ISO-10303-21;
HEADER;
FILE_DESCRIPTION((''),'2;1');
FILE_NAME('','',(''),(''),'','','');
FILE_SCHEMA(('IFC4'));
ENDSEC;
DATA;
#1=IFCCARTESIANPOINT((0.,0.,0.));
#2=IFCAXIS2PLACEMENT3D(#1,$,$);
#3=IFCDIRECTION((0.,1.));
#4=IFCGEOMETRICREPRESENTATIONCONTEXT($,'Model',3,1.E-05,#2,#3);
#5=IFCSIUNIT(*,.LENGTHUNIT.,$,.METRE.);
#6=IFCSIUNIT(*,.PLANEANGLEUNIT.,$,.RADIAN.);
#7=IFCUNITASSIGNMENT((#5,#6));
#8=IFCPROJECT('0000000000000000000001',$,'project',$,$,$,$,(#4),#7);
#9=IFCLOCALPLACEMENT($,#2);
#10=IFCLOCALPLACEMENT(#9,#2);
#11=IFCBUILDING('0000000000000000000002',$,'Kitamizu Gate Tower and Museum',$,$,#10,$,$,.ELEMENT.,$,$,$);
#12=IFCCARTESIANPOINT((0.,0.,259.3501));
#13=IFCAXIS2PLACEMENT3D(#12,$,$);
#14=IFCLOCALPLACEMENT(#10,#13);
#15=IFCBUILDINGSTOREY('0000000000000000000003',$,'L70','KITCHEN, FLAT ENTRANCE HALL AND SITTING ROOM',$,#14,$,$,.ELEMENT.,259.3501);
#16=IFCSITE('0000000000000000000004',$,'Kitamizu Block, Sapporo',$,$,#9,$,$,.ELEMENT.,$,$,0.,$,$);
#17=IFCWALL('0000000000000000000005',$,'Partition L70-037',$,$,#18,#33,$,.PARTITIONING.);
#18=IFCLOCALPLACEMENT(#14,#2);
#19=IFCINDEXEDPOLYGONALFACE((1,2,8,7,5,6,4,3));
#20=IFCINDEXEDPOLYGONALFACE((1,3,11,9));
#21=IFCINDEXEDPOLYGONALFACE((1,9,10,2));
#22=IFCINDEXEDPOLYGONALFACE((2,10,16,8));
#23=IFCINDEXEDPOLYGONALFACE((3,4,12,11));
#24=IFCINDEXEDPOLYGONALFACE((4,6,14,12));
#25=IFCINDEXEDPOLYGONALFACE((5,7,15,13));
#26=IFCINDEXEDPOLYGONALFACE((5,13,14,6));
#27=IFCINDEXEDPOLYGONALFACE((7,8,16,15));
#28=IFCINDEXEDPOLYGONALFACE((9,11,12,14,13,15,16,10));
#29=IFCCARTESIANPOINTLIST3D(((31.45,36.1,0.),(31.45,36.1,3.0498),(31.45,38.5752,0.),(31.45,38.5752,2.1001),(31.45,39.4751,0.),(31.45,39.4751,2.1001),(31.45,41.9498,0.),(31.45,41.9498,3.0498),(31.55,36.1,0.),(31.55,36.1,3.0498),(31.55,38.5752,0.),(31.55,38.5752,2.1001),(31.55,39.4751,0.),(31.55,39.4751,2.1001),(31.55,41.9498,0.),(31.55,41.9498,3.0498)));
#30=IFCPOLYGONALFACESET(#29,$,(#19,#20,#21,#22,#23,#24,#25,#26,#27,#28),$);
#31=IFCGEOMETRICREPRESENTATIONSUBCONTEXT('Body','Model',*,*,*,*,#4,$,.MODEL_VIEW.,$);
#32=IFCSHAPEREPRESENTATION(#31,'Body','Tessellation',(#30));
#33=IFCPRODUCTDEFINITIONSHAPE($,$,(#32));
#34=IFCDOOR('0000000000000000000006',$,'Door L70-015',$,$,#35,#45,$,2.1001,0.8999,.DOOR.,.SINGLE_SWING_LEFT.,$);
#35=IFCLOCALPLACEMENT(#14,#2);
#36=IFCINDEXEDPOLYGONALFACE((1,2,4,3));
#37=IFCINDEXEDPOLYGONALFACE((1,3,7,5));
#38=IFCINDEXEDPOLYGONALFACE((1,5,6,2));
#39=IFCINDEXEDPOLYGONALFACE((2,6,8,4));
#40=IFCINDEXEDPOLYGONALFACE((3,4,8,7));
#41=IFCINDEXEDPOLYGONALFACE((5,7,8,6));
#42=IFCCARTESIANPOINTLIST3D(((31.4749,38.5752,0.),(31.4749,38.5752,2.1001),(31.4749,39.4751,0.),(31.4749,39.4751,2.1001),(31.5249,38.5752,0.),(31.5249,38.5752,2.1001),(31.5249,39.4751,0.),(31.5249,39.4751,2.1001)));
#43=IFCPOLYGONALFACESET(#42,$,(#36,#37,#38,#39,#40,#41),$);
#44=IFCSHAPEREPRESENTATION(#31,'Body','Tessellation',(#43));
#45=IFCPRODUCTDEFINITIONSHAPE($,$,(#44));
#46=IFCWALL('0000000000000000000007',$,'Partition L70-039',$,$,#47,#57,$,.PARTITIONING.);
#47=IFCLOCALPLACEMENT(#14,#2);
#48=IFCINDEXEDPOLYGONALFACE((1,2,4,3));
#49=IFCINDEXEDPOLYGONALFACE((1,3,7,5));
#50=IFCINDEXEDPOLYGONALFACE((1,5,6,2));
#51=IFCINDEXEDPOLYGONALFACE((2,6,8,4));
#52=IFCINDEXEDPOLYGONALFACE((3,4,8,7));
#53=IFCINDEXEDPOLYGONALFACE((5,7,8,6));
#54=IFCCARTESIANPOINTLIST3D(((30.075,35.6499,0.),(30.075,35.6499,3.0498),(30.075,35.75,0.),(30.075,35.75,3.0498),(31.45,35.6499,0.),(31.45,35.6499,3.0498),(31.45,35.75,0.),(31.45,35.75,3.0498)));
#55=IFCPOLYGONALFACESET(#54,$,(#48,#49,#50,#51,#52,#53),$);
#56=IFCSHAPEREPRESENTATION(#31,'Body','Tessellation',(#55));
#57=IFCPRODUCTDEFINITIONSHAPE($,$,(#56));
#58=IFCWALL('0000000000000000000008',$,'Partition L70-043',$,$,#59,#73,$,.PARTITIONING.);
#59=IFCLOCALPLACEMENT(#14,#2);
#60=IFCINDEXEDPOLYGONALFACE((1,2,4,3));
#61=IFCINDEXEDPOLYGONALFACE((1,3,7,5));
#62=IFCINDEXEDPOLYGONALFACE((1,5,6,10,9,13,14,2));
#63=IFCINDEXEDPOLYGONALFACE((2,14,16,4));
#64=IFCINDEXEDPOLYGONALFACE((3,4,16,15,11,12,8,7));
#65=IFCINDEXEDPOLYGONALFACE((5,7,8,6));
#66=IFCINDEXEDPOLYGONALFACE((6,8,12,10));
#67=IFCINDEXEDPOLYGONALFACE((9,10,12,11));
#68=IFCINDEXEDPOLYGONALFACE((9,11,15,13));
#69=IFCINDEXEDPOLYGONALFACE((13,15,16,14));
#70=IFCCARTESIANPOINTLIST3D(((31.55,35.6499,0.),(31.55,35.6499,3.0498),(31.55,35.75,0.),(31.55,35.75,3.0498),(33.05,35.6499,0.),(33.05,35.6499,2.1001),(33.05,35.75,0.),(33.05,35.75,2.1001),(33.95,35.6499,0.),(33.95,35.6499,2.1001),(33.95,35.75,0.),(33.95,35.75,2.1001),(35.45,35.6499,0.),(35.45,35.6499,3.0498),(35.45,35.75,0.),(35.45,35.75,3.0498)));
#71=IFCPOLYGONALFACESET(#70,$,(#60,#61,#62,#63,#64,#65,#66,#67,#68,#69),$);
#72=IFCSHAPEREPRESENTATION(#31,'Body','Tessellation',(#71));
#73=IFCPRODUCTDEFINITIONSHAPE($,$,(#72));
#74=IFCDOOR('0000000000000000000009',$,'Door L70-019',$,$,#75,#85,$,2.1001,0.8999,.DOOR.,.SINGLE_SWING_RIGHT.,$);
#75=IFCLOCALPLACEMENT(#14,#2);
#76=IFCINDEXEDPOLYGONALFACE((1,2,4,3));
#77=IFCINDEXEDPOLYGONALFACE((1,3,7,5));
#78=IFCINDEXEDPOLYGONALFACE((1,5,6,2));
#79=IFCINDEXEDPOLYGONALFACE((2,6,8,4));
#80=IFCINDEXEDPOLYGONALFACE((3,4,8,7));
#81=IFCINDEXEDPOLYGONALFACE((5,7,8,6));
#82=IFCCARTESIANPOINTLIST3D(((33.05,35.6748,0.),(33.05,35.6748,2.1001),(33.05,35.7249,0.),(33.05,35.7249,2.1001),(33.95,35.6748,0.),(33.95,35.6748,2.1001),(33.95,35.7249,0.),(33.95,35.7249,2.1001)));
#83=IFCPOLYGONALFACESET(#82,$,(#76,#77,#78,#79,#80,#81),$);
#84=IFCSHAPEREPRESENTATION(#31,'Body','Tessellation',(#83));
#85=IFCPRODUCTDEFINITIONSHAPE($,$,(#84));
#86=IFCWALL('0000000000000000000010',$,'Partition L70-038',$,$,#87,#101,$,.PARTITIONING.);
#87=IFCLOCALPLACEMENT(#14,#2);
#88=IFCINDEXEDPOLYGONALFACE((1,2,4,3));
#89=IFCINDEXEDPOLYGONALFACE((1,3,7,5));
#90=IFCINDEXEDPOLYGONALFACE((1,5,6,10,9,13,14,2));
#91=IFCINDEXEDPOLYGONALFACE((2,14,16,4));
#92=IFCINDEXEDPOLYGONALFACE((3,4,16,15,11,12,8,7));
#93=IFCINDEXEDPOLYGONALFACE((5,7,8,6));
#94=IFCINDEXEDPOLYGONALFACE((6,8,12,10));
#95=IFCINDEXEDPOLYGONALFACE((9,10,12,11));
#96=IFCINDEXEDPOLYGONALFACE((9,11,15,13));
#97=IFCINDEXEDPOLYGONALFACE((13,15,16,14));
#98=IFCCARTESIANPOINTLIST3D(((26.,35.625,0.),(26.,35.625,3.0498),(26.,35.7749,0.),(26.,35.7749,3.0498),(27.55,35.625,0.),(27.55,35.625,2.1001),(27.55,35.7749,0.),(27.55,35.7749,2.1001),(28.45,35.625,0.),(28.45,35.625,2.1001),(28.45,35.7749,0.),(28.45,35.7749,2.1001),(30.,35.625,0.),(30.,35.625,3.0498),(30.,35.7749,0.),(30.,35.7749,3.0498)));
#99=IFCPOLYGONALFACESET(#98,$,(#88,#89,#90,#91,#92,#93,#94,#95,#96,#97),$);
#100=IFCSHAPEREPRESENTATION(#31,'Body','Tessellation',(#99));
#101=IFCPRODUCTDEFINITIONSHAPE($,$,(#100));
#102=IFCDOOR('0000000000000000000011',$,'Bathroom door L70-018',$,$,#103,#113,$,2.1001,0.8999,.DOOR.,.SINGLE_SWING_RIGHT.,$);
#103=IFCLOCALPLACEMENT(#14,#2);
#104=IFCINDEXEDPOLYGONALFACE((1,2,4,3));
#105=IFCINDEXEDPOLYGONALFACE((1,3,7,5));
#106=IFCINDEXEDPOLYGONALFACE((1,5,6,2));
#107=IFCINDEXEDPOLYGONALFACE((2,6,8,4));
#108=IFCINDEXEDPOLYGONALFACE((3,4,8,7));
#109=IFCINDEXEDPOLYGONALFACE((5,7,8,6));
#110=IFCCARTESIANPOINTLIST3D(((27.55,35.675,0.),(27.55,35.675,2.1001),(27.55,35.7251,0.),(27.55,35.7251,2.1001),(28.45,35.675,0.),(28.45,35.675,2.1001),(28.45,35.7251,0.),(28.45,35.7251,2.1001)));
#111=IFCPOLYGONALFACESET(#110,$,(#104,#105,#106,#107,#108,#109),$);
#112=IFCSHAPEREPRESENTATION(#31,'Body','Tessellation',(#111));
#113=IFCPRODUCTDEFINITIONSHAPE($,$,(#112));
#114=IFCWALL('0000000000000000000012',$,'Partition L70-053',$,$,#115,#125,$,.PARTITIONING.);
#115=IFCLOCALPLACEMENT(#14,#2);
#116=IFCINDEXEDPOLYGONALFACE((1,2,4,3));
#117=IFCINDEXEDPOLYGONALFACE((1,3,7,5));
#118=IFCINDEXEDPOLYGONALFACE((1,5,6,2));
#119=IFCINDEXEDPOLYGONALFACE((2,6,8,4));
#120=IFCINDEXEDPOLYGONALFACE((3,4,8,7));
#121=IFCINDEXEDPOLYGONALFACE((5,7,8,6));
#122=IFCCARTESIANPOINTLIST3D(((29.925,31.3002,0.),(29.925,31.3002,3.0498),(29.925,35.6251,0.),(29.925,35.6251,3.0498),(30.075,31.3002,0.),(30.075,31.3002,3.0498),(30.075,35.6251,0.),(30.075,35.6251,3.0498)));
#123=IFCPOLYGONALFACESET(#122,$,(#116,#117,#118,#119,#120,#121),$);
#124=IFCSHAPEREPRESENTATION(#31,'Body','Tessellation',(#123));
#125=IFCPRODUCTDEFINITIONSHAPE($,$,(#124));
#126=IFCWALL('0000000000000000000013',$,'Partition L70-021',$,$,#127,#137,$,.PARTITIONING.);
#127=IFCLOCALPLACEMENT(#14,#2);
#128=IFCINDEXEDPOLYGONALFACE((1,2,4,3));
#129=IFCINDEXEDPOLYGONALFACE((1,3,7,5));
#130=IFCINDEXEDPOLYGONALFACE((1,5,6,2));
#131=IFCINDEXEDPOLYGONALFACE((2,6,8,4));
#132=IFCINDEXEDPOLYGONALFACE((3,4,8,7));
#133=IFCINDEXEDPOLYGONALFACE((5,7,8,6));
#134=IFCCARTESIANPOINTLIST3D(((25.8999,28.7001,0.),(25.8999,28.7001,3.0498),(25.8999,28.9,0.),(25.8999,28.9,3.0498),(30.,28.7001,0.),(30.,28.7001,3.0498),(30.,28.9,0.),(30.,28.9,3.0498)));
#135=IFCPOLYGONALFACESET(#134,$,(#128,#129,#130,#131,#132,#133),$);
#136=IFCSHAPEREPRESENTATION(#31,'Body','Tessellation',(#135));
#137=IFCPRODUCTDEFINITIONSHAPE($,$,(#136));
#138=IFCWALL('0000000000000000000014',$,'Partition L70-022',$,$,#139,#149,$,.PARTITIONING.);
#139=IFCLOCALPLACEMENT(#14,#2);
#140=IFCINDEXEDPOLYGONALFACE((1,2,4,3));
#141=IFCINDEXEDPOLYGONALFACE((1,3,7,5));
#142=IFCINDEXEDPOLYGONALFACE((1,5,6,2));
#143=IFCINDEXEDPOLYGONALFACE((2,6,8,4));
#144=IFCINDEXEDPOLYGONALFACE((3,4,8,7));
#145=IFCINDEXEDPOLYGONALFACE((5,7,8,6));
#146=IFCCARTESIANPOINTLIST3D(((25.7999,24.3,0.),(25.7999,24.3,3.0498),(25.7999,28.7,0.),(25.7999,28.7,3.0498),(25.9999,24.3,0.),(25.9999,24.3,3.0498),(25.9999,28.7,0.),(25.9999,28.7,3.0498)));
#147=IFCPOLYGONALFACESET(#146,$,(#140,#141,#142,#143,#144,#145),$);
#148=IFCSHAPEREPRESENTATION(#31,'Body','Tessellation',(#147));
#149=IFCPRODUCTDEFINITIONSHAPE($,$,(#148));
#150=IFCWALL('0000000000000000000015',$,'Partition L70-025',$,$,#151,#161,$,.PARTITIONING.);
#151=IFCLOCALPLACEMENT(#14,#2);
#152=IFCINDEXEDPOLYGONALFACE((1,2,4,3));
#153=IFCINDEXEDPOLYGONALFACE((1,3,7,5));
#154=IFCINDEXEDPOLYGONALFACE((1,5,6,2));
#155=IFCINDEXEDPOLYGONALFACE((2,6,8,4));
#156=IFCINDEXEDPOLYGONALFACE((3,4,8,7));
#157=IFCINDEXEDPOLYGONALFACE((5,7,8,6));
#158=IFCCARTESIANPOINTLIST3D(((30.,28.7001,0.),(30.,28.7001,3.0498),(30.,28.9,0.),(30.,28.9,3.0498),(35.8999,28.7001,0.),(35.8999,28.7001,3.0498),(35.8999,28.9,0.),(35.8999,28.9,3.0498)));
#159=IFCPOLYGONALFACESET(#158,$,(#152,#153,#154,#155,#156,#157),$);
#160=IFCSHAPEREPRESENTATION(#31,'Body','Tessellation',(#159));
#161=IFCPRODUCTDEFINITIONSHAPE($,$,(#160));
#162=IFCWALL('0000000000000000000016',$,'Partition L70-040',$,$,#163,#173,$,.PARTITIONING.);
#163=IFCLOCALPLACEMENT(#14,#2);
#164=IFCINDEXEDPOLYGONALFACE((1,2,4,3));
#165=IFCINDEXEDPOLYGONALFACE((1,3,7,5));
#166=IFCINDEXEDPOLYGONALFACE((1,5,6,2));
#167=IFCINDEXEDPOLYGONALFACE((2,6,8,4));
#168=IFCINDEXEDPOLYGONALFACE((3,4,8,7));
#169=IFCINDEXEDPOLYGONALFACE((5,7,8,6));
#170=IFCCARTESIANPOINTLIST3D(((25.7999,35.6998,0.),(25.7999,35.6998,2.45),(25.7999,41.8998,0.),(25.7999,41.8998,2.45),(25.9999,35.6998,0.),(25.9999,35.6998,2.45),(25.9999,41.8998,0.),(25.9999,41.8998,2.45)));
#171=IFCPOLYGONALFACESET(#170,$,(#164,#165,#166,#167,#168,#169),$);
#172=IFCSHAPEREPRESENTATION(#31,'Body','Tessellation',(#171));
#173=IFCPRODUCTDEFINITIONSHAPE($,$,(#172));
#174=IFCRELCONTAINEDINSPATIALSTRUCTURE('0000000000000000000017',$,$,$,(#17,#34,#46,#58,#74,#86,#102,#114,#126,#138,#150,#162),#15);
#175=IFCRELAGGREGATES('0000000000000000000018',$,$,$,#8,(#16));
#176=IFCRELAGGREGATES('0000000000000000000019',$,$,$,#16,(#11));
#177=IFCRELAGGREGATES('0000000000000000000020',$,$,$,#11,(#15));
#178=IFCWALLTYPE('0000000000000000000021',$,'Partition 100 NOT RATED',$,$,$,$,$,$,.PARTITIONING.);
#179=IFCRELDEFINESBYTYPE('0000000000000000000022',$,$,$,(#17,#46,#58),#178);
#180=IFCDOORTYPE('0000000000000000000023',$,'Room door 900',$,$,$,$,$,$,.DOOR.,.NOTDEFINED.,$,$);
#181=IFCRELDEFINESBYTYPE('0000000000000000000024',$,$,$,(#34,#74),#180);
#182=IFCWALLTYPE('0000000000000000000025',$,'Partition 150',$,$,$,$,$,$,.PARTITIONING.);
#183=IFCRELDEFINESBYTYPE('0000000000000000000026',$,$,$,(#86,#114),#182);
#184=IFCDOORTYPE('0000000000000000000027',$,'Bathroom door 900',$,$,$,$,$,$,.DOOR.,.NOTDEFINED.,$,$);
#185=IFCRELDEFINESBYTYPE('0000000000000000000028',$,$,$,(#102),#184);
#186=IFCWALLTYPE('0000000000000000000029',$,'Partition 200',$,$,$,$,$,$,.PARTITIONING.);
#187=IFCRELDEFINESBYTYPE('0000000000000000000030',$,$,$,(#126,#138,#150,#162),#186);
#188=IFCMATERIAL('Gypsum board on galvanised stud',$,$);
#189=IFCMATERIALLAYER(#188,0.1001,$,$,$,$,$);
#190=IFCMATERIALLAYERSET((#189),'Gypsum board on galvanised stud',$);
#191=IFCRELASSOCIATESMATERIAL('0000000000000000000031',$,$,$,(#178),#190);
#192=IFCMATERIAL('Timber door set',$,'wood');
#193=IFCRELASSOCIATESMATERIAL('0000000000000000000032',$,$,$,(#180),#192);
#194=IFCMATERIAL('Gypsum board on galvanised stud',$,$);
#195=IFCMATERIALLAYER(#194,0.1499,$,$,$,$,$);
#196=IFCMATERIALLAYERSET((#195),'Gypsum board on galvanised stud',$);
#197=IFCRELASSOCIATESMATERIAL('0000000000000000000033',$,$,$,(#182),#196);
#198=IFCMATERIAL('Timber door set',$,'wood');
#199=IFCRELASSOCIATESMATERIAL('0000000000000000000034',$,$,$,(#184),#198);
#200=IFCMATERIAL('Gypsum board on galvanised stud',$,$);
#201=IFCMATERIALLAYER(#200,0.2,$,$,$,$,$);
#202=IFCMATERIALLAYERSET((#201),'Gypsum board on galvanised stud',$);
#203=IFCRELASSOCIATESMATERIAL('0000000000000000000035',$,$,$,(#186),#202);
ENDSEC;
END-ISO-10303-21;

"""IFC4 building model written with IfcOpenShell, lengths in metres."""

from ifc_helpers import new_model, si_unit, direction, frame, frame_2d, origin, place, context, subcontext, project, spatial, rectangle, extrude, material, layer, layer_set, type_object, element, fill, save


model = new_model("IFC4")

# Units and contexts
model_context = context("Model", 3, precision=1e-05, world=origin(), true_north=direction((0.0, 1.0)))
body_context = subcontext(model_context, "Body", "Model", "MODEL_VIEW")
ifc_project = project(units=[si_unit("LENGTHUNIT", "METRE"), si_unit("PLANEANGLEUNIT", "RADIAN")], contexts=[model_context])

# Site, building, storey
site_placement = place(None, origin())
site = spatial("IfcSite", under=ifc_project, at=site_placement, Name="Kitamizu Block, Sapporo", CompositionType="ELEMENT", RefElevation=0.0)
building_placement = place(site_placement, origin())
building = spatial("IfcBuilding", under=site, at=building_placement, Name="Kitamizu Gate Tower and Museum", CompositionType="ELEMENT")
storey_placement = place(building_placement, frame((0.0, 0.0, 259.3501)))
storey = spatial("IfcBuildingStorey", under=building, at=storey_placement, Name="L70", Description="KITCHEN, FLAT ENTRANCE HALL AND SITTING ROOM", CompositionType="ELEMENT", Elevation=259.3501)

# Shared definitions
ifc_material_1 = material(Name="Gypsum board on galvanised stud")
ifc_layer_1 = layer(ifc_material_1, 0.1001)
ifc_layer_set_1 = layer_set([ifc_layer_1], Name="Gypsum board on galvanised stud")
wall_type_1 = type_object("IfcWallType", Name="Partition 100 NOT RATED", PredefinedType="PARTITIONING", material=ifc_layer_set_1)
ifc_material_2 = material(Name="Timber door set", Category="wood")
door_type_1 = type_object("IfcDoorType", Name="Room door 900", OperationType="NOTDEFINED", PredefinedType="DOOR", material=ifc_material_2)

# Wall, opening, door
wall_1_placement = place(storey_placement, frame((31.5, 36.1001, 0.0), z_axis=(0.0, 0.0, 1.0), x_axis=(0.0, 1.0, 0.0)))
wall_1 = element("IfcWall", 1, at=wall_1_placement, inside=storey, type_object=wall_type_1, Name="Partition L70-037", PredefinedType="PARTITIONING", context=body_context, shape_type="SweptSolid", body=[
    extrude(rectangle(XDim=5.8499, YDim=0.1001, at=frame_2d((2.9248, 0.0))), origin(), (0.0, 0.0, 1.0), 3.0498),
])
opening_1_placement = place(wall_1_placement, frame((2.4751, 0.0, 0.0)))
opening_1 = element("IfcOpeningElement", 2, at=opening_1_placement, cuts=wall_1, PredefinedType="OPENING", context=body_context, shape_type="SweptSolid", body=[
    extrude(rectangle(XDim=0.8999, YDim=2.1001, at=frame_2d((0.45, 1.05))), frame((0.0, 0.0601, 0.0), z_axis=(0.0, -1.0, 0.0), x_axis=(1.0, 0.0, 0.0)), (0.0, 0.0, 1.0), 0.1201),
])
door_1_placement = place(opening_1_placement, frame((0.8999, 0.0, 0.0), x_axis=(-1.0, 0.0, 0.0)))
door_1 = element("IfcDoor", 3, at=door_1_placement, inside=storey, type_object=door_type_1, Name="Door L70-015", OperationType="SINGLE_SWING_LEFT", OverallHeight=2.1001, OverallWidth=0.8999, PredefinedType="DOOR", context=body_context, shape_type="SweptSolid", body=[
    extrude(rectangle(XDim=0.8999, YDim=2.1001, at=frame_2d((0.45, 1.05))), frame((0.0, 0.0249, 0.0), z_axis=(0.0, -1.0, 0.0), x_axis=(1.0, 0.0, 0.0)), (0.0, 0.0, 1.0), 0.05),
])
fill(opening_1, door_1)

# Wall
wall_2_placement = place(storey_placement, frame((30.075, 35.7, 0.0), z_axis=(0.0, 0.0, 1.0), x_axis=(1.0, 0.0, 0.0)))
element("IfcWall", 4, at=wall_2_placement, inside=storey, type_object=wall_type_1, Name="Partition L70-039", PredefinedType="PARTITIONING", context=body_context, shape_type="SweptSolid", body=[
    extrude(rectangle(XDim=1.375, YDim=0.1001, at=frame_2d((0.6875, 0.0))), origin(), (0.0, 0.0, 1.0), 3.0498),
])

# Walls, openings, doors
wall_3_placement = place(storey_placement, frame((31.55, 35.7, 0.0), z_axis=(0.0, 0.0, 1.0), x_axis=(1.0, 0.0, 0.0)))
wall_3 = element("IfcWall", 5, at=wall_3_placement, inside=storey, type_object=wall_type_1, Name="Partition L70-043", PredefinedType="PARTITIONING", context=body_context, shape_type="SweptSolid", body=[
    extrude(rectangle(XDim=3.8999, YDim=0.1001, at=frame_2d((1.95, 0.0))), origin(), (0.0, 0.0, 1.0), 3.0498),
])
opening_2_placement = place(wall_3_placement, frame((1.5, 0.0, 0.0)))
opening_2 = element("IfcOpeningElement", 6, at=opening_2_placement, cuts=wall_3, PredefinedType="OPENING", context=body_context, shape_type="SweptSolid", body=[
    extrude(rectangle(XDim=0.8999, YDim=2.1001, at=frame_2d((0.45, 1.05))), frame((0.0, 0.0601, 0.0), z_axis=(0.0, -1.0, 0.0), x_axis=(1.0, 0.0, 0.0)), (0.0, 0.0, 1.0), 0.1201),
])
door_2_placement = place(opening_2_placement, origin())
door_2 = element("IfcDoor", 7, at=door_2_placement, inside=storey, type_object=door_type_1, Name="Door L70-019", OperationType="SINGLE_SWING_RIGHT", OverallHeight=2.1001, OverallWidth=0.8999, PredefinedType="DOOR", context=body_context, shape_type="SweptSolid", body=[
    extrude(rectangle(XDim=0.8999, YDim=2.1001, at=frame_2d((0.45, 1.05))), frame((0.0, 0.0249, 0.0), z_axis=(0.0, -1.0, 0.0), x_axis=(1.0, 0.0, 0.0)), (0.0, 0.0, 1.0), 0.05),
])
fill(opening_2, door_2)
ifc_material_3 = material(Name="Gypsum board on galvanised stud")
ifc_layer_2 = layer(ifc_material_3, 0.1499)
ifc_layer_set_2 = layer_set([ifc_layer_2], Name="Gypsum board on galvanised stud")
wall_type_2 = type_object("IfcWallType", Name="Partition 150", PredefinedType="PARTITIONING", material=ifc_layer_set_2)
wall_4_placement = place(storey_placement, frame((26.0, 35.7, 0.0), z_axis=(0.0, 0.0, 1.0), x_axis=(1.0, 0.0, 0.0)))
wall_4 = element("IfcWall", 8, at=wall_4_placement, inside=storey, type_object=wall_type_2, Name="Partition L70-038", PredefinedType="PARTITIONING", context=body_context, shape_type="SweptSolid", body=[
    extrude(rectangle(XDim=4.0, YDim=0.1499, at=frame_2d((2.0, 0.0))), origin(), (0.0, 0.0, 1.0), 3.0498),
])
opening_3_placement = place(wall_4_placement, frame((1.55, 0.0, 0.0)))
opening_3 = element("IfcOpeningElement", 9, at=opening_3_placement, cuts=wall_4, PredefinedType="OPENING", context=body_context, shape_type="SweptSolid", body=[
    extrude(rectangle(XDim=0.8999, YDim=2.1001, at=frame_2d((0.45, 1.05))), frame((0.0, 0.085, 0.0), z_axis=(0.0, -1.0, 0.0), x_axis=(1.0, 0.0, 0.0)), (0.0, 0.0, 1.0), 0.1699),
])
ifc_material_4 = material(Name="Timber door set", Category="wood")
door_type_2 = type_object("IfcDoorType", Name="Bathroom door 900", OperationType="NOTDEFINED", PredefinedType="DOOR", material=ifc_material_4)
door_3_placement = place(opening_3_placement, frame((0.8999, 0.0, 0.0), x_axis=(-1.0, 0.0, 0.0)))
door_3 = element("IfcDoor", 10, at=door_3_placement, inside=storey, type_object=door_type_2, Name="Bathroom door L70-018", OperationType="SINGLE_SWING_RIGHT", OverallHeight=2.1001, OverallWidth=0.8999, PredefinedType="DOOR", context=body_context, shape_type="SweptSolid", body=[
    extrude(rectangle(XDim=0.8999, YDim=2.1001, at=frame_2d((0.45, 1.05))), frame((0.0, 0.0249, 0.0), z_axis=(0.0, -1.0, 0.0), x_axis=(1.0, 0.0, 0.0)), (0.0, 0.0, 1.0), 0.05),
])
fill(opening_3, door_3)

# Walls
wall_5_placement = place(storey_placement, frame((30.0, 31.3, 0.0), z_axis=(0.0, 0.0, 1.0), x_axis=(0.0, 1.0, 0.0)))
element("IfcWall", 11, at=wall_5_placement, inside=storey, type_object=wall_type_2, Name="Partition L70-053", PredefinedType="PARTITIONING", context=body_context, shape_type="SweptSolid", body=[
    extrude(rectangle(XDim=4.325, YDim=0.1499, at=frame_2d((2.1626, 0.0))), origin(), (0.0, 0.0, 1.0), 3.0498),
])
ifc_material_5 = material(Name="Gypsum board on galvanised stud")
ifc_layer_3 = layer(ifc_material_5, 0.2)
ifc_layer_set_3 = layer_set([ifc_layer_3], Name="Gypsum board on galvanised stud")
wall_type_3 = type_object("IfcWallType", Name="Partition 200", PredefinedType="PARTITIONING", material=ifc_layer_set_3)
wall_6_placement = place(storey_placement, frame((30.0, 28.8, 0.0), z_axis=(0.0, 0.0, 1.0), x_axis=(-1.0, 0.0, 0.0)))
element("IfcWall", 12, at=wall_6_placement, inside=storey, type_object=wall_type_3, Name="Partition L70-021", PredefinedType="PARTITIONING", context=body_context, shape_type="SweptSolid", body=[
    extrude(rectangle(XDim=4.1001, YDim=0.2, at=frame_2d((2.05, 0.0))), origin(), (0.0, 0.0, 1.0), 3.0498),
])
wall_7_placement = place(storey_placement, frame((25.8999, 28.7, 0.0), z_axis=(0.0, 0.0, 1.0), x_axis=(0.0, -1.0, 0.0)))
element("IfcWall", 13, at=wall_7_placement, inside=storey, type_object=wall_type_3, Name="Partition L70-022", PredefinedType="PARTITIONING", context=body_context, shape_type="SweptSolid", body=[
    extrude(rectangle(XDim=4.3999, YDim=0.2, at=frame_2d((2.2, 0.0))), origin(), (0.0, 0.0, 1.0), 3.0498),
])
wall_8_placement = place(storey_placement, frame((35.8999, 28.8, 0.0), z_axis=(0.0, 0.0, 1.0), x_axis=(-1.0, 0.0, 0.0)))
element("IfcWall", 14, at=wall_8_placement, inside=storey, type_object=wall_type_3, Name="Partition L70-025", PredefinedType="PARTITIONING", context=body_context, shape_type="SweptSolid", body=[
    extrude(rectangle(XDim=5.8999, YDim=0.2, at=frame_2d((2.95, 0.0))), origin(), (0.0, 0.0, 1.0), 3.0498),
])
wall_9_placement = place(storey_placement, frame((25.8999, 41.8999, 0.0), z_axis=(0.0, 0.0, 1.0), x_axis=(0.0, -1.0, 0.0)))
element("IfcWall", 15, at=wall_9_placement, inside=storey, type_object=wall_type_3, Name="Partition L70-040", PredefinedType="PARTITIONING", context=body_context, shape_type="SweptSolid", body=[
    extrude(rectangle(XDim=6.2, YDim=0.2, at=frame_2d((3.1001, 0.0))), origin(), (0.0, 0.0, 1.0), 2.45),
])

save(model, "model.ifc")
